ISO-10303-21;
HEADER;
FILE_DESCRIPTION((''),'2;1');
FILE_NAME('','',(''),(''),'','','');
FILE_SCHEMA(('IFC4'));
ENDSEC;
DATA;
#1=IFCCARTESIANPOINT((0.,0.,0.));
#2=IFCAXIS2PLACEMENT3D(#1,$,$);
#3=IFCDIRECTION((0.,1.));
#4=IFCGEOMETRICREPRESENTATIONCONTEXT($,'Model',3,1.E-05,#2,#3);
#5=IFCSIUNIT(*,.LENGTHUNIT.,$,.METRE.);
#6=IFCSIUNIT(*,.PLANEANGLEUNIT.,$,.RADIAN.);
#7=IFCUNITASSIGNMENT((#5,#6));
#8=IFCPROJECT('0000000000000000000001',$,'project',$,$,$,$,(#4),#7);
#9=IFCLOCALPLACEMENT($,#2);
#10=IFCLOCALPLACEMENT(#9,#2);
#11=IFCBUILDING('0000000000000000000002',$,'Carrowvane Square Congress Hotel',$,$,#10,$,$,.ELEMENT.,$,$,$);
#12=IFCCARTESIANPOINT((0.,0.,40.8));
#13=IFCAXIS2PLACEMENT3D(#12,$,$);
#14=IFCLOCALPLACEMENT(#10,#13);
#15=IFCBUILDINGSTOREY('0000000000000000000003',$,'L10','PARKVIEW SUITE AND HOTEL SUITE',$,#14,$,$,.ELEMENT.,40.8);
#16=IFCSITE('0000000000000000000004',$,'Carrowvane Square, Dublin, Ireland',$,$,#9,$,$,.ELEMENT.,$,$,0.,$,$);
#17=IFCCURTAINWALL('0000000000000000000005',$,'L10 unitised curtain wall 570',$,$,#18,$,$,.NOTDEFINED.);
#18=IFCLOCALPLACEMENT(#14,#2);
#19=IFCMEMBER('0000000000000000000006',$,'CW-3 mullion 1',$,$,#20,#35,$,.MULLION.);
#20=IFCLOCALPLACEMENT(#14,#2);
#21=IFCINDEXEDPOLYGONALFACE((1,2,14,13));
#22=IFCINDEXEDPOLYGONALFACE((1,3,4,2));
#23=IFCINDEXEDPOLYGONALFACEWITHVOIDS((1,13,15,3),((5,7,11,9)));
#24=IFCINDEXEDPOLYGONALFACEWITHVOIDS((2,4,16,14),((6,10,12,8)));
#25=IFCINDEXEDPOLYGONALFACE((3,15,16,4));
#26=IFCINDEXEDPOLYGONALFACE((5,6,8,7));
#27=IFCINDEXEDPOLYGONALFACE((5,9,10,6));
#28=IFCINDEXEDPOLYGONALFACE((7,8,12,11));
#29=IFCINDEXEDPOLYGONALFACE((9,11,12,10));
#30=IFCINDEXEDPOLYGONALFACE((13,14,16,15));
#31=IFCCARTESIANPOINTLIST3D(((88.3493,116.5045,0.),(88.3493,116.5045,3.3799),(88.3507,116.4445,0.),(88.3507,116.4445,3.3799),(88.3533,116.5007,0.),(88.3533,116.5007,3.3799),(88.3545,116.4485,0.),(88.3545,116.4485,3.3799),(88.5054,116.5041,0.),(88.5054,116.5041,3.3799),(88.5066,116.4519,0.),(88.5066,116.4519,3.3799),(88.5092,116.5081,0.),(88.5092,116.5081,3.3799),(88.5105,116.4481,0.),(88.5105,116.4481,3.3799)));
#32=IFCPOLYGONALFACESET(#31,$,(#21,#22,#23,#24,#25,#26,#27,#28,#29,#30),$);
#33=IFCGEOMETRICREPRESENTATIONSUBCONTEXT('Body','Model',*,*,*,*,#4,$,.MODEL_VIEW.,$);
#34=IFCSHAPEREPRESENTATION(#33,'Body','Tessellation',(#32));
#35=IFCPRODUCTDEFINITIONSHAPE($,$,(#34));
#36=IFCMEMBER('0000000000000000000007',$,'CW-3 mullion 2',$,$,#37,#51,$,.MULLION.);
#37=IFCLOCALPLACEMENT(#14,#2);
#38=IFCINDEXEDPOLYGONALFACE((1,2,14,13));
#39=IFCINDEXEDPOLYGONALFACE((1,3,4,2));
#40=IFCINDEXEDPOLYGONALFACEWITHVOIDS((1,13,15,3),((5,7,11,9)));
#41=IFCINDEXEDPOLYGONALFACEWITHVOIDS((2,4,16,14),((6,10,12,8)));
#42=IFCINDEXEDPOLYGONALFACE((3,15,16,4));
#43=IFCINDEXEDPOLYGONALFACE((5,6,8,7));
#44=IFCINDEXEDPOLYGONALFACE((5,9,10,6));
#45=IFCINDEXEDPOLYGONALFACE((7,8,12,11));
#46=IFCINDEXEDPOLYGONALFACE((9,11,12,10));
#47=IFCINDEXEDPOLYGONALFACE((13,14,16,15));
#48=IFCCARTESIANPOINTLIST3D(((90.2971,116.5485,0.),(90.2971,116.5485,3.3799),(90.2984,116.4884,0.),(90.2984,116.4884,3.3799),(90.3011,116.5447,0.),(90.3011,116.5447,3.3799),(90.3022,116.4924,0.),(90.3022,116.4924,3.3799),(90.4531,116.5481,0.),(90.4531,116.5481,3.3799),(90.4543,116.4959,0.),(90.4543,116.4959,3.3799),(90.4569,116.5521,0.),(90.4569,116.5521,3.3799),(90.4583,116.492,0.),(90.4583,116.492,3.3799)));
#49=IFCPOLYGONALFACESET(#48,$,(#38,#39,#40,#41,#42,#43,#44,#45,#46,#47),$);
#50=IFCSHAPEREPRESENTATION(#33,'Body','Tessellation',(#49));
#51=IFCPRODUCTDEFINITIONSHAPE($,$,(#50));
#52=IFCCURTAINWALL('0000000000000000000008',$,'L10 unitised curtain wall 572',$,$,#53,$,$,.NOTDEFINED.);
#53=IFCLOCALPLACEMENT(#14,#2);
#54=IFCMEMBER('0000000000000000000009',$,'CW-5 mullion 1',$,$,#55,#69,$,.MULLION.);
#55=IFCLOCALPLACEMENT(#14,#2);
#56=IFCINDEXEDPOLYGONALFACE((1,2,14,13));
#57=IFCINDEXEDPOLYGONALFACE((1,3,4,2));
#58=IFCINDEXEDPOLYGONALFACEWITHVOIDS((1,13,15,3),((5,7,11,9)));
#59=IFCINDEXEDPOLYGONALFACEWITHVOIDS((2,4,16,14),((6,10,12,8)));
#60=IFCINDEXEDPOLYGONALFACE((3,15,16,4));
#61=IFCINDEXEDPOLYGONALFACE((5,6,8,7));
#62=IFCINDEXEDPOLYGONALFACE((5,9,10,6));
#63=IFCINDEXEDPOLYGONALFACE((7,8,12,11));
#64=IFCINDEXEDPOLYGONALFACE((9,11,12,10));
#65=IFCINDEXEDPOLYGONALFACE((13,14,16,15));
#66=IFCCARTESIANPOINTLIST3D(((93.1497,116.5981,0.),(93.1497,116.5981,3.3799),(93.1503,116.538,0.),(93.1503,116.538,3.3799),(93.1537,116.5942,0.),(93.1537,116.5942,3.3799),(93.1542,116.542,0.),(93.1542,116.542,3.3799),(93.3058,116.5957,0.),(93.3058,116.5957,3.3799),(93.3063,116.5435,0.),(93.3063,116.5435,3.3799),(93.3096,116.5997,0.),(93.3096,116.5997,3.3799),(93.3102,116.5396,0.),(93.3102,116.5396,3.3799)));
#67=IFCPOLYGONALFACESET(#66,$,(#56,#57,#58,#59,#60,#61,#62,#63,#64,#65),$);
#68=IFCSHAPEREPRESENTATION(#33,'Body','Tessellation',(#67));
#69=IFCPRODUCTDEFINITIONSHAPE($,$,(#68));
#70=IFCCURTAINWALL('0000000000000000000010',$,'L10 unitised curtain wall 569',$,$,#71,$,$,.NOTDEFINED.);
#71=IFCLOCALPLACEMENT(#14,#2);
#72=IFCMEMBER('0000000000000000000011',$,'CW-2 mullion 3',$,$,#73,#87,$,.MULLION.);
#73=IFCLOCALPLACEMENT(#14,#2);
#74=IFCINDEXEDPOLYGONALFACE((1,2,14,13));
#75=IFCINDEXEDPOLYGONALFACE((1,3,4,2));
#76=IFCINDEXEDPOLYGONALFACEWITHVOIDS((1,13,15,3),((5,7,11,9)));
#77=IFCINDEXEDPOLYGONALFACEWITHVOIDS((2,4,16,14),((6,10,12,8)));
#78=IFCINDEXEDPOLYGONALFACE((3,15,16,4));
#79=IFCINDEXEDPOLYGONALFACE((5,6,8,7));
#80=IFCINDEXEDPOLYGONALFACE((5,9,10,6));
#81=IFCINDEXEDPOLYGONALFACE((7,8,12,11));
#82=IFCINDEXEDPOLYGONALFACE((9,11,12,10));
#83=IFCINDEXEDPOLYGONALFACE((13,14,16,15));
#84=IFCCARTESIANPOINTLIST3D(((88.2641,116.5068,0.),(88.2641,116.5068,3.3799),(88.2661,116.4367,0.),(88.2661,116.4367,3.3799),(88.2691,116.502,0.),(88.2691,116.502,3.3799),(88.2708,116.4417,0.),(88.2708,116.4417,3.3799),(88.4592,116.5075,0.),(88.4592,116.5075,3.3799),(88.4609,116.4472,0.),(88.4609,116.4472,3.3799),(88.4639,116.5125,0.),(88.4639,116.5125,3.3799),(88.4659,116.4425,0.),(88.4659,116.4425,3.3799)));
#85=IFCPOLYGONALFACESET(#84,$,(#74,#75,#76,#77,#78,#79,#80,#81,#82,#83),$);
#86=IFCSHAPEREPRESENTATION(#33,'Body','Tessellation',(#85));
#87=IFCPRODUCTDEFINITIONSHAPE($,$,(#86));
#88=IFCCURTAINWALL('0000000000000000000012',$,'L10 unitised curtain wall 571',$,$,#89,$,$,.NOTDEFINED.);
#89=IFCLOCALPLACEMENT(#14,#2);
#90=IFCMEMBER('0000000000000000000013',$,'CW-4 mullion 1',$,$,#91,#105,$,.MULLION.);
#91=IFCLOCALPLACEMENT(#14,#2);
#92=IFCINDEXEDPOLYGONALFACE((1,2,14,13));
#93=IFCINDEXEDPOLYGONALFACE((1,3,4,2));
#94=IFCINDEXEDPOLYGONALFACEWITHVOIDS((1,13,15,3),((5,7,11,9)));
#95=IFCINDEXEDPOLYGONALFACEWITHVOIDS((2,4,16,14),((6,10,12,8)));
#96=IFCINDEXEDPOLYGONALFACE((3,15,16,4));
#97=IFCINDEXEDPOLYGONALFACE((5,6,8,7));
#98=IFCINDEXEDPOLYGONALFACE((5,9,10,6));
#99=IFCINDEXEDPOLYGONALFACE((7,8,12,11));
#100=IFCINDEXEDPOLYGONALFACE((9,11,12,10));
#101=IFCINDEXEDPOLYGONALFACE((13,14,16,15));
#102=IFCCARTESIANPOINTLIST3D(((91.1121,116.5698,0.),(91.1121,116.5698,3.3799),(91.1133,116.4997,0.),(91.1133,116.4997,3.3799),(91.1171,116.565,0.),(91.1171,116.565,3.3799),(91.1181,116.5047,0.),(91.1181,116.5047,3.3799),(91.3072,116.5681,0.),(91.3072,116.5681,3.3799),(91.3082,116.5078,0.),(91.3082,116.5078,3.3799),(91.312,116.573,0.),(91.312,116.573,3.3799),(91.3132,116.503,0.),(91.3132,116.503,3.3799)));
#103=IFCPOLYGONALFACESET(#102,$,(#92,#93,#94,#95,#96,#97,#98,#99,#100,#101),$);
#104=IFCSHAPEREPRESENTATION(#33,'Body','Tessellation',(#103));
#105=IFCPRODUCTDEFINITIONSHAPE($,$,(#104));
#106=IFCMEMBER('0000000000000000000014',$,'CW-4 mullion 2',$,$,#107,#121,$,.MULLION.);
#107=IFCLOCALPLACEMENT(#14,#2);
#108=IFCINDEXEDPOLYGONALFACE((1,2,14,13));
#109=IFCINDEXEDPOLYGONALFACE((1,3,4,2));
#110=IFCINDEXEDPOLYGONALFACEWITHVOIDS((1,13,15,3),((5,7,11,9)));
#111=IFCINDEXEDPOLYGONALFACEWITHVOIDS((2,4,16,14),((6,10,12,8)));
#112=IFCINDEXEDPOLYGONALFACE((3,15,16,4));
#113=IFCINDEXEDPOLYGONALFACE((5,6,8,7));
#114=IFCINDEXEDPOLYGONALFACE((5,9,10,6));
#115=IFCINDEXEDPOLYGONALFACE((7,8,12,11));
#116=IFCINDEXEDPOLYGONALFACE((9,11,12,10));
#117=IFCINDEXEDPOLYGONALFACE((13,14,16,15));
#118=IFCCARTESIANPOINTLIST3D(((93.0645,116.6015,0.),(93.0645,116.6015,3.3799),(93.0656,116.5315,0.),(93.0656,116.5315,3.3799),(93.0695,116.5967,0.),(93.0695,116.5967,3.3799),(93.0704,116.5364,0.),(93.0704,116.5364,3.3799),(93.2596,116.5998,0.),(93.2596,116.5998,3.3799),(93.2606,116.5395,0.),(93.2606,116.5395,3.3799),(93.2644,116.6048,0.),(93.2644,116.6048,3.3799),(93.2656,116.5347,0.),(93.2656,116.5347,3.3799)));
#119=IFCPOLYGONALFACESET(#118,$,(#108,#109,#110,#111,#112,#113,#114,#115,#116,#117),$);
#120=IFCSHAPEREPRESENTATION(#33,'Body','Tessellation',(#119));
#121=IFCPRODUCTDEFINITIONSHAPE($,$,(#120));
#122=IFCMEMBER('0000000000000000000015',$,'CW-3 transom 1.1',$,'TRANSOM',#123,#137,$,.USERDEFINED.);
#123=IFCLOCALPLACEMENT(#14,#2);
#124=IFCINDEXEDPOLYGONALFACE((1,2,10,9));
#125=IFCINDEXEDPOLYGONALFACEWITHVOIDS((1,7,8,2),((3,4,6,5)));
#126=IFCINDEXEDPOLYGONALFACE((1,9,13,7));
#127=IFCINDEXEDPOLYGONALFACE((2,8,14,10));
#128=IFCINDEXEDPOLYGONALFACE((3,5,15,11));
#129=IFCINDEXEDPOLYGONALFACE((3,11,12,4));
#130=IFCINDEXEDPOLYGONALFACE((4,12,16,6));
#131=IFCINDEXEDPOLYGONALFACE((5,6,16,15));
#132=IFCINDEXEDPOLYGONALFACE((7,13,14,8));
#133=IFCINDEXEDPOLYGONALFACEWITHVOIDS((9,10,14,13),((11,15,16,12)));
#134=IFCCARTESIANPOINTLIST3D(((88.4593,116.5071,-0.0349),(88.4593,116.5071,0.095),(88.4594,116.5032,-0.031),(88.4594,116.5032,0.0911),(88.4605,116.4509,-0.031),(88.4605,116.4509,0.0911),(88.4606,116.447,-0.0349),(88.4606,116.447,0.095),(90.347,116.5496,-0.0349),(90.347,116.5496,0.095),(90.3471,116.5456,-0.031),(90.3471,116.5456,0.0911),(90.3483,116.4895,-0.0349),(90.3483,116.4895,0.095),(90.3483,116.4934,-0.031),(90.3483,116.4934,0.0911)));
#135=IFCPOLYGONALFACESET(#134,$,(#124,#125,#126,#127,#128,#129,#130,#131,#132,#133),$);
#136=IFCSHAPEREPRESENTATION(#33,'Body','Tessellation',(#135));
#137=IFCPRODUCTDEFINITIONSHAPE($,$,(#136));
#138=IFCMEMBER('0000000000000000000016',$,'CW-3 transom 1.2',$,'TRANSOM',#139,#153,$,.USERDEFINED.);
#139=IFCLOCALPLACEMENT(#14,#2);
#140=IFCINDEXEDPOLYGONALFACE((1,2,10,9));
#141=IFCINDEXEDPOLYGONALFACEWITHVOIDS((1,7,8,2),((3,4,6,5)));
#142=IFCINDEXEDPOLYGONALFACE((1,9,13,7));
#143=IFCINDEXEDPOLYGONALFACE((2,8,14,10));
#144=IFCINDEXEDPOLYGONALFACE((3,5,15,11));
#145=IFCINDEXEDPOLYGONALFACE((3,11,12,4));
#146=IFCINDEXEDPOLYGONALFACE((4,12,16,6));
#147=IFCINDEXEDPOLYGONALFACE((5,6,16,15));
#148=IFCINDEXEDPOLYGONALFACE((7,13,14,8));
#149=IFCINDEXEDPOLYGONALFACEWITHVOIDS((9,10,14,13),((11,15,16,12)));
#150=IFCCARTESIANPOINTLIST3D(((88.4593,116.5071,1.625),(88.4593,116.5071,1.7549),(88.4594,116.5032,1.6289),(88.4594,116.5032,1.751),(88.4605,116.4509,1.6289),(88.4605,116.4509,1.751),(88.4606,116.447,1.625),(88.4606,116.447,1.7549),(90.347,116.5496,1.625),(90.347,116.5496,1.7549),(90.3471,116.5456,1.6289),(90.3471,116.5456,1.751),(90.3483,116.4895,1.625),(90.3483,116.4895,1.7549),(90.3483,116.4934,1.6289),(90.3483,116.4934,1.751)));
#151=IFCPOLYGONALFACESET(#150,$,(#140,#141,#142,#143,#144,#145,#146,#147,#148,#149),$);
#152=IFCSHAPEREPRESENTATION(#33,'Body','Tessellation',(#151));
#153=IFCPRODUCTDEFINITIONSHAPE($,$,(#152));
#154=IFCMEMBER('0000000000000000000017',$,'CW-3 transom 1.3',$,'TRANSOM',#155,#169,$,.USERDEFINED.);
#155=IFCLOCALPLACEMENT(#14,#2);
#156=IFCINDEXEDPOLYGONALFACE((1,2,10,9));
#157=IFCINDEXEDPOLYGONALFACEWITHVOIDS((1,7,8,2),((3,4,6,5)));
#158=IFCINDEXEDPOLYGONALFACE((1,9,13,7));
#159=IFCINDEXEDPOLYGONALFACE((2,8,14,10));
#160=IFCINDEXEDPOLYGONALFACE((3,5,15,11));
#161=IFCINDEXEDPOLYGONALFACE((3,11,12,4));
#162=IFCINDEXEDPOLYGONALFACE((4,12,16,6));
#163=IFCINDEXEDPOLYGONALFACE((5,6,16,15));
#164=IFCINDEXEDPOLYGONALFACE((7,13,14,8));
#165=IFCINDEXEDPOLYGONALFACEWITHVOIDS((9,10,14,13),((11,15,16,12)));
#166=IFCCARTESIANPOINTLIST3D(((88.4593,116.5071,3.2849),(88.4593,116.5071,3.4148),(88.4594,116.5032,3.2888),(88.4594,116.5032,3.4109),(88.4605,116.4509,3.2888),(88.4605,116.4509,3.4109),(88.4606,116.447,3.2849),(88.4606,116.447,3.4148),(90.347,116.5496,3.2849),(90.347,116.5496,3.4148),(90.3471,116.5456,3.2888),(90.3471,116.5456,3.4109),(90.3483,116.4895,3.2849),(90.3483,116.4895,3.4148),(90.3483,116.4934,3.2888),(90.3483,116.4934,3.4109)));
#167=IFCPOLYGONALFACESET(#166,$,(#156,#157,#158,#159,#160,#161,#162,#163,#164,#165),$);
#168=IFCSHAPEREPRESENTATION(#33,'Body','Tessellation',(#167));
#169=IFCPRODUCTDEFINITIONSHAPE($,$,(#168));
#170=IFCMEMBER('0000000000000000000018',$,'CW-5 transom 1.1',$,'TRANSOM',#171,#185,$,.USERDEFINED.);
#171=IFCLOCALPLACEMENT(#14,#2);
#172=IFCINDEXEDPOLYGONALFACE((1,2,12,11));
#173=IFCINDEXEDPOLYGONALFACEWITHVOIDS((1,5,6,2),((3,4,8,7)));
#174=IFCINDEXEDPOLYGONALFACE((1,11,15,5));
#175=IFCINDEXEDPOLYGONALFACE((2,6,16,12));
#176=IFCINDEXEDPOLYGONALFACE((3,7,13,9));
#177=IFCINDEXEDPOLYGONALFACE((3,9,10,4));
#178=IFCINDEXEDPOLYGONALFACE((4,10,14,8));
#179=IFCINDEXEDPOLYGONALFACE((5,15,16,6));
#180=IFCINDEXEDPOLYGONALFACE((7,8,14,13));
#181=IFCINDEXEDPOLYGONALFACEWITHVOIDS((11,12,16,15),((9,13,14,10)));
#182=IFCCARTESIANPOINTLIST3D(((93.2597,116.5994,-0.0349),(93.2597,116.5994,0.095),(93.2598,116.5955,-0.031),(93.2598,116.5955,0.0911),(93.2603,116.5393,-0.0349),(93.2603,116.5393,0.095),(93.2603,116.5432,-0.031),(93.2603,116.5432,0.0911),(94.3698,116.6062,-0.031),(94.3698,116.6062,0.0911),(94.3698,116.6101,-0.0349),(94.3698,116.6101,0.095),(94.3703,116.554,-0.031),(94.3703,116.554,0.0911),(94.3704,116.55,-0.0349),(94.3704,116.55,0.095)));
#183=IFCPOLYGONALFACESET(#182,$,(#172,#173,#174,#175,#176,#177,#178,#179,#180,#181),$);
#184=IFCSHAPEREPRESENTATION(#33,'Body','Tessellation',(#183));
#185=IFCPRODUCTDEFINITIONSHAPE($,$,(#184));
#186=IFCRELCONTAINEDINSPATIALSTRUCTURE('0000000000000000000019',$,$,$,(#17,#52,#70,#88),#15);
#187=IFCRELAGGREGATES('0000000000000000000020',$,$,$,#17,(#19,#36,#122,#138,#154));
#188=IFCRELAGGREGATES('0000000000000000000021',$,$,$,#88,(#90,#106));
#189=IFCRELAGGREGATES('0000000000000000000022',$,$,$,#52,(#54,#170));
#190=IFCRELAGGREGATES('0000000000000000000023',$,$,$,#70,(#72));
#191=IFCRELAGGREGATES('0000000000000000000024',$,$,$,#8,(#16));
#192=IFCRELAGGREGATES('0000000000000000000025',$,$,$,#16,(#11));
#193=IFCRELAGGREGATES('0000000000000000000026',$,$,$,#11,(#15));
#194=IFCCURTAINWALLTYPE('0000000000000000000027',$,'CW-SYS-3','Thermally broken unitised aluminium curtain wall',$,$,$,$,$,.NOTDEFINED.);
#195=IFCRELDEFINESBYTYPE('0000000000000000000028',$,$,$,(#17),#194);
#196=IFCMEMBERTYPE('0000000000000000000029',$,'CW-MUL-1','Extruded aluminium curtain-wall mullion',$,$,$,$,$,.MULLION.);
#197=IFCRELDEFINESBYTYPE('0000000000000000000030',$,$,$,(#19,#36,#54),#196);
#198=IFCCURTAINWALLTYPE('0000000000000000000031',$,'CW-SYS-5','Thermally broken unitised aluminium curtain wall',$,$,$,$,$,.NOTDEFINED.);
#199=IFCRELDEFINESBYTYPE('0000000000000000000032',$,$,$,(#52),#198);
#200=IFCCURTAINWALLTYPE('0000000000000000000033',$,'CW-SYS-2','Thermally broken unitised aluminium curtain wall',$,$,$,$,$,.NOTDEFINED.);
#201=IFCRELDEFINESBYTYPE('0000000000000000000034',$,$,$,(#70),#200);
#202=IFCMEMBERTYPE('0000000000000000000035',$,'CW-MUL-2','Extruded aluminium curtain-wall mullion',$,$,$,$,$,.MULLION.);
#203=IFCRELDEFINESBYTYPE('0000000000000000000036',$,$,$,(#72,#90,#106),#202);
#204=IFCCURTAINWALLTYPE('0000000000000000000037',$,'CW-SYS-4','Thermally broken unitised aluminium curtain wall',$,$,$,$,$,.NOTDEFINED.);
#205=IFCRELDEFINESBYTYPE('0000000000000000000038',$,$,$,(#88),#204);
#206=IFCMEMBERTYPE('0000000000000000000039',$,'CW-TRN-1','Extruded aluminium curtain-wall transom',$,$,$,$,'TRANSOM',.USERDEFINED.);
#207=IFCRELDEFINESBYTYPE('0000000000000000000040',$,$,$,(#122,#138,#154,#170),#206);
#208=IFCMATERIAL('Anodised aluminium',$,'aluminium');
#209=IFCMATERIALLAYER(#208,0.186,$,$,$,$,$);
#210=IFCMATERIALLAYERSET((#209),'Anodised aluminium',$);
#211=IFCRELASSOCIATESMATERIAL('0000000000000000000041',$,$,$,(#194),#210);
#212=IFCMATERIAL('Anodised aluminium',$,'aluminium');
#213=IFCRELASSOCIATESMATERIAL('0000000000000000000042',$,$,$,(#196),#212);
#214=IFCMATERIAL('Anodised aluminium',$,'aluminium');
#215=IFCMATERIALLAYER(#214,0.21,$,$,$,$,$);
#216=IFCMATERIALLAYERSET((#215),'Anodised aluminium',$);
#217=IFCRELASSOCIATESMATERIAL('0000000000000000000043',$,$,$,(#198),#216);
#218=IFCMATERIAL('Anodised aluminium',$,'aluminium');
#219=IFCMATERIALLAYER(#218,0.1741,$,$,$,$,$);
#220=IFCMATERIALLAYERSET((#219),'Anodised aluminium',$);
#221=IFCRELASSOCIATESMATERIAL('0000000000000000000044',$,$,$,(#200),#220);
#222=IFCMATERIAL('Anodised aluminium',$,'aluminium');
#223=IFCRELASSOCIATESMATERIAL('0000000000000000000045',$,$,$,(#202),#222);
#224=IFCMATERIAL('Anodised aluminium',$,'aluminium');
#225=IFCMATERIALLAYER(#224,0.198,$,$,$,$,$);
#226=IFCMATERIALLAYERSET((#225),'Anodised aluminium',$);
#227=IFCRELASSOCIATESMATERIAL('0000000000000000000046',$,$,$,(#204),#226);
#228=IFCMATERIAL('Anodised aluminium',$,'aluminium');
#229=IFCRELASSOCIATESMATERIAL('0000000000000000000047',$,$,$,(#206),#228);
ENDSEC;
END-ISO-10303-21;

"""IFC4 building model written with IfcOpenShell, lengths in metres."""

from ifc_helpers import new_model, si_unit, direction, frame, origin, origin_2d, place, context, subcontext, project, spatial, hollow_rectangle, extrude, material, layer, layer_set, material_profile, profile_set, type_object, element, aggregate, save


model = new_model("IFC4")

# Units and contexts
model_context = context("Model", 3, precision=1e-05, world=origin(), true_north=direction((0.0, 1.0)))
body_context = subcontext(model_context, "Body", "Model", "MODEL_VIEW")
ifc_project = project(units=[si_unit("LENGTHUNIT", "METRE"), si_unit("PLANEANGLEUNIT", "RADIAN")], contexts=[model_context])

# Site, building, storey
site_placement = place(None, origin())
site = spatial("IfcSite", under=ifc_project, at=site_placement, Name="Carrowvane Square, Dublin, Ireland", CompositionType="ELEMENT", RefElevation=0.0)
building_placement = place(site_placement, origin())
building = spatial("IfcBuilding", under=site, at=building_placement, Name="Carrowvane Square Congress Hotel", CompositionType="ELEMENT")
storey_placement = place(building_placement, frame((0.0, 0.0, 40.8)))
storey = spatial("IfcBuildingStorey", under=building, at=storey_placement, Name="L10", Description="PARKVIEW SUITE AND HOTEL SUITE", CompositionType="ELEMENT", Elevation=40.8)

# Curtain wall, members
ifc_material_1 = material(Name="Anodised aluminium", Category="aluminium")
ifc_layer_1 = layer(ifc_material_1, 0.186)
ifc_layer_set_1 = layer_set([ifc_layer_1], Name="Anodised aluminium")
curtain_wall_type_1 = type_object("IfcCurtainWallType", Name="CW-SYS-3", Description="Thermally broken unitised aluminium curtain wall", PredefinedType="NOTDEFINED", material=ifc_layer_set_1)
curtain_wall_1_placement = place(storey_placement, origin())
curtain_wall_1 = element("IfcCurtainWall", 1, at=curtain_wall_1_placement, inside=storey, type_object=curtain_wall_type_1, Name="L10 unitised curtain wall 570", PredefinedType="NOTDEFINED")
ifc_material_2 = material(Name="Anodised aluminium", Category="aluminium")
ifc_material_profile_1 = material_profile(ifc_material_2, hollow_rectangle(XDim=0.0601, YDim=0.1599, WallThickness=0.0039, at=origin_2d()), Name="CW-ML 60x160x4")
ifc_profile_set_1 = profile_set([ifc_material_profile_1], Name="Anodised aluminium")
member_type_1 = type_object("IfcMemberType", Name="CW-MUL-1", Description="Extruded aluminium curtain-wall mullion", PredefinedType="MULLION", material=ifc_profile_set_1)
member_1_placement = place(storey_placement, frame((88.4299, 116.4763, 0.0), z_axis=(0.0, 0.0, 1.0), x_axis=(-0.022518, 0.999746, 0.0)))
member_1 = element("IfcMember", 2, at=member_1_placement, type_object=member_type_1, Name="CW-3 mullion 1", PredefinedType="MULLION", context=body_context, shape_type="SweptSolid", body=[
    extrude(hollow_rectangle(XDim=0.0601, YDim=0.1599, WallThickness=0.0039, at=origin_2d()), origin(), (0.0, 0.0, 1.0), 3.3799),
])
member_2_placement = place(storey_placement, frame((90.3777, 116.5203, 0.0), z_axis=(0.0, 0.0, 1.0), x_axis=(-0.022518, 0.999746, 0.0)))
member_2 = element("IfcMember", 3, at=member_2_placement, type_object=member_type_1, Name="CW-3 mullion 2", PredefinedType="MULLION", context=body_context, shape_type="SweptSolid", body=[
    extrude(hollow_rectangle(XDim=0.0601, YDim=0.1599, WallThickness=0.0039, at=origin_2d()), origin(), (0.0, 0.0, 1.0), 3.3799),
])

# Curtain walls, members
ifc_material_3 = material(Name="Anodised aluminium", Category="aluminium")
ifc_layer_2 = layer(ifc_material_3, 0.21)
ifc_layer_set_2 = layer_set([ifc_layer_2], Name="Anodised aluminium")
curtain_wall_type_2 = type_object("IfcCurtainWallType", Name="CW-SYS-5", Description="Thermally broken unitised aluminium curtain wall", PredefinedType="NOTDEFINED", material=ifc_layer_set_2)
curtain_wall_2_placement = place(storey_placement, origin())
curtain_wall_2 = element("IfcCurtainWall", 4, at=curtain_wall_2_placement, inside=storey, type_object=curtain_wall_type_2, Name="L10 unitised curtain wall 572", PredefinedType="NOTDEFINED")
member_3_placement = place(storey_placement, frame((93.23, 116.5688, 0.0), z_axis=(0.0, 0.0, 1.0), x_axis=(-0.009783, 0.999952, 0.0)))
member_3 = element("IfcMember", 5, at=member_3_placement, type_object=member_type_1, Name="CW-5 mullion 1", PredefinedType="MULLION", context=body_context, shape_type="SweptSolid", body=[
    extrude(hollow_rectangle(XDim=0.0601, YDim=0.1599, WallThickness=0.0039, at=origin_2d()), origin(), (0.0, 0.0, 1.0), 3.3799),
])
ifc_material_4 = material(Name="Anodised aluminium", Category="aluminium")
ifc_layer_3 = layer(ifc_material_4, 0.1741)
ifc_layer_set_3 = layer_set([ifc_layer_3], Name="Anodised aluminium")
curtain_wall_type_3 = type_object("IfcCurtainWallType", Name="CW-SYS-2", Description="Thermally broken unitised aluminium curtain wall", PredefinedType="NOTDEFINED", material=ifc_layer_set_3)
curtain_wall_3_placement = place(storey_placement, origin())
curtain_wall_3 = element("IfcCurtainWall", 6, at=curtain_wall_3_placement, inside=storey, type_object=curtain_wall_type_3, Name="L10 unitised curtain wall 569", PredefinedType="NOTDEFINED")
ifc_material_5 = material(Name="Anodised aluminium", Category="aluminium")
ifc_material_profile_2 = material_profile(ifc_material_5, hollow_rectangle(XDim=0.0701, YDim=0.2, WallThickness=0.0049, at=origin_2d()), Name="CW-ML 70x200x5")
ifc_profile_set_2 = profile_set([ifc_material_profile_2], Name="Anodised aluminium")
member_type_2 = type_object("IfcMemberType", Name="CW-MUL-2", Description="Extruded aluminium curtain-wall mullion", PredefinedType="MULLION", material=ifc_profile_set_2)
member_4_placement = place(storey_placement, frame((88.365, 116.4746, 0.0), z_axis=(0.0, 0.0, 1.0), x_axis=(-0.028638, 0.99959, 0.0)))
member_4 = element("IfcMember", 7, at=member_4_placement, type_object=member_type_2, Name="CW-2 mullion 3", PredefinedType="MULLION", context=body_context, shape_type="SweptSolid", body=[
    extrude(hollow_rectangle(XDim=0.0701, YDim=0.2, WallThickness=0.0049, at=origin_2d()), origin(), (0.0, 0.0, 1.0), 3.3799),
])

# Curtain wall, members
ifc_material_6 = material(Name="Anodised aluminium", Category="aluminium")
ifc_layer_4 = layer(ifc_material_6, 0.198)
ifc_layer_set_4 = layer_set([ifc_layer_4], Name="Anodised aluminium")
curtain_wall_type_4 = type_object("IfcCurtainWallType", Name="CW-SYS-4", Description="Thermally broken unitised aluminium curtain wall", PredefinedType="NOTDEFINED", material=ifc_layer_set_4)
curtain_wall_4_placement = place(storey_placement, origin())
curtain_wall_4 = element("IfcCurtainWall", 8, at=curtain_wall_4_placement, inside=storey, type_object=curtain_wall_type_4, Name="L10 unitised curtain wall 571", PredefinedType="NOTDEFINED")
member_5_placement = place(storey_placement, frame((91.2126, 116.5364, 0.0), z_axis=(0.0, 0.0, 1.0), x_axis=(-0.016216, 0.999869, 0.0)))
member_5 = element("IfcMember", 9, at=member_5_placement, type_object=member_type_2, Name="CW-4 mullion 1", PredefinedType="MULLION", context=body_context, shape_type="SweptSolid", body=[
    extrude(hollow_rectangle(XDim=0.0701, YDim=0.2, WallThickness=0.0049, at=origin_2d()), origin(), (0.0, 0.0, 1.0), 3.3799),
])
member_6_placement = place(storey_placement, frame((93.165, 116.5681, 0.0), z_axis=(0.0, 0.0, 1.0), x_axis=(-0.016216, 0.999869, 0.0)))
member_6 = element("IfcMember", 10, at=member_6_placement, type_object=member_type_2, Name="CW-4 mullion 2", PredefinedType="MULLION", context=body_context, shape_type="SweptSolid", body=[
    extrude(hollow_rectangle(XDim=0.0701, YDim=0.2, WallThickness=0.0049, at=origin_2d()), origin(), (0.0, 0.0, 1.0), 3.3799),
])

# Members
ifc_material_7 = material(Name="Anodised aluminium", Category="aluminium")
ifc_material_profile_3 = material_profile(ifc_material_7, hollow_rectangle(XDim=0.0601, YDim=0.1299, WallThickness=0.0039, at=origin_2d()), Name="CW-TR 60x130x4")
ifc_profile_set_3 = profile_set([ifc_material_profile_3], Name="Anodised aluminium")
member_type_3 = type_object("IfcMemberType", Name="CW-TRN-1", Description="Extruded aluminium curtain-wall transom", ElementType="TRANSOM", PredefinedType="USERDEFINED", material=ifc_profile_set_3)
member_7_placement = place(storey_placement, frame((88.46, 116.4771, 0.03), z_axis=(0.999747, 0.022498, 0.0), x_axis=(-0.022498, 0.999747, 0.0)))
member_7 = element("IfcMember", 11, at=member_7_placement, type_object=member_type_3, Name="CW-3 transom 1.1", ObjectType="TRANSOM", PredefinedType="USERDEFINED", context=body_context, shape_type="SweptSolid", body=[
    extrude(hollow_rectangle(XDim=0.0601, YDim=0.1299, WallThickness=0.0039, at=origin_2d()), origin(), (0.0, 0.0, 1.0), 1.8882),
])
member_8_placement = place(storey_placement, frame((88.46, 116.4771, 1.6899), z_axis=(0.999747, 0.022498, 0.0), x_axis=(-0.022498, 0.999747, 0.0)))
member_8 = element("IfcMember", 12, at=member_8_placement, type_object=member_type_3, Name="CW-3 transom 1.2", ObjectType="TRANSOM", PredefinedType="USERDEFINED", context=body_context, shape_type="SweptSolid", body=[
    extrude(hollow_rectangle(XDim=0.0601, YDim=0.1299, WallThickness=0.0039, at=origin_2d()), origin(), (0.0, 0.0, 1.0), 1.8882),
])
member_9_placement = place(storey_placement, frame((88.46, 116.4771, 3.3499), z_axis=(0.999747, 0.022498, 0.0), x_axis=(-0.022498, 0.999747, 0.0)))
member_9 = element("IfcMember", 13, at=member_9_placement, type_object=member_type_3, Name="CW-3 transom 1.3", ObjectType="TRANSOM", PredefinedType="USERDEFINED", context=body_context, shape_type="SweptSolid", body=[
    extrude(hollow_rectangle(XDim=0.0601, YDim=0.1299, WallThickness=0.0039, at=origin_2d()), origin(), (0.0, 0.0, 1.0), 1.8882),
])
member_10_placement = place(storey_placement, frame((93.26, 116.5693, 0.03), z_axis=(0.999953, 0.009676, 0.0), x_axis=(-0.009676, 0.999953, 0.0)))
member_10 = element("IfcMember", 14, at=member_10_placement, type_object=member_type_3, Name="CW-5 transom 1.1", ObjectType="TRANSOM", PredefinedType="USERDEFINED", context=body_context, shape_type="SweptSolid", body=[
    extrude(hollow_rectangle(XDim=0.0601, YDim=0.1299, WallThickness=0.0039, at=origin_2d()), origin(), (0.0, 0.0, 1.0), 1.1101),
])

aggregate(curtain_wall_1, [member_1, member_2, member_7, member_8, member_9])
aggregate(curtain_wall_4, [member_5, member_6])
aggregate(curtain_wall_2, [member_3, member_10])
aggregate(curtain_wall_3, [member_4])

save(model, "model.ifc")
